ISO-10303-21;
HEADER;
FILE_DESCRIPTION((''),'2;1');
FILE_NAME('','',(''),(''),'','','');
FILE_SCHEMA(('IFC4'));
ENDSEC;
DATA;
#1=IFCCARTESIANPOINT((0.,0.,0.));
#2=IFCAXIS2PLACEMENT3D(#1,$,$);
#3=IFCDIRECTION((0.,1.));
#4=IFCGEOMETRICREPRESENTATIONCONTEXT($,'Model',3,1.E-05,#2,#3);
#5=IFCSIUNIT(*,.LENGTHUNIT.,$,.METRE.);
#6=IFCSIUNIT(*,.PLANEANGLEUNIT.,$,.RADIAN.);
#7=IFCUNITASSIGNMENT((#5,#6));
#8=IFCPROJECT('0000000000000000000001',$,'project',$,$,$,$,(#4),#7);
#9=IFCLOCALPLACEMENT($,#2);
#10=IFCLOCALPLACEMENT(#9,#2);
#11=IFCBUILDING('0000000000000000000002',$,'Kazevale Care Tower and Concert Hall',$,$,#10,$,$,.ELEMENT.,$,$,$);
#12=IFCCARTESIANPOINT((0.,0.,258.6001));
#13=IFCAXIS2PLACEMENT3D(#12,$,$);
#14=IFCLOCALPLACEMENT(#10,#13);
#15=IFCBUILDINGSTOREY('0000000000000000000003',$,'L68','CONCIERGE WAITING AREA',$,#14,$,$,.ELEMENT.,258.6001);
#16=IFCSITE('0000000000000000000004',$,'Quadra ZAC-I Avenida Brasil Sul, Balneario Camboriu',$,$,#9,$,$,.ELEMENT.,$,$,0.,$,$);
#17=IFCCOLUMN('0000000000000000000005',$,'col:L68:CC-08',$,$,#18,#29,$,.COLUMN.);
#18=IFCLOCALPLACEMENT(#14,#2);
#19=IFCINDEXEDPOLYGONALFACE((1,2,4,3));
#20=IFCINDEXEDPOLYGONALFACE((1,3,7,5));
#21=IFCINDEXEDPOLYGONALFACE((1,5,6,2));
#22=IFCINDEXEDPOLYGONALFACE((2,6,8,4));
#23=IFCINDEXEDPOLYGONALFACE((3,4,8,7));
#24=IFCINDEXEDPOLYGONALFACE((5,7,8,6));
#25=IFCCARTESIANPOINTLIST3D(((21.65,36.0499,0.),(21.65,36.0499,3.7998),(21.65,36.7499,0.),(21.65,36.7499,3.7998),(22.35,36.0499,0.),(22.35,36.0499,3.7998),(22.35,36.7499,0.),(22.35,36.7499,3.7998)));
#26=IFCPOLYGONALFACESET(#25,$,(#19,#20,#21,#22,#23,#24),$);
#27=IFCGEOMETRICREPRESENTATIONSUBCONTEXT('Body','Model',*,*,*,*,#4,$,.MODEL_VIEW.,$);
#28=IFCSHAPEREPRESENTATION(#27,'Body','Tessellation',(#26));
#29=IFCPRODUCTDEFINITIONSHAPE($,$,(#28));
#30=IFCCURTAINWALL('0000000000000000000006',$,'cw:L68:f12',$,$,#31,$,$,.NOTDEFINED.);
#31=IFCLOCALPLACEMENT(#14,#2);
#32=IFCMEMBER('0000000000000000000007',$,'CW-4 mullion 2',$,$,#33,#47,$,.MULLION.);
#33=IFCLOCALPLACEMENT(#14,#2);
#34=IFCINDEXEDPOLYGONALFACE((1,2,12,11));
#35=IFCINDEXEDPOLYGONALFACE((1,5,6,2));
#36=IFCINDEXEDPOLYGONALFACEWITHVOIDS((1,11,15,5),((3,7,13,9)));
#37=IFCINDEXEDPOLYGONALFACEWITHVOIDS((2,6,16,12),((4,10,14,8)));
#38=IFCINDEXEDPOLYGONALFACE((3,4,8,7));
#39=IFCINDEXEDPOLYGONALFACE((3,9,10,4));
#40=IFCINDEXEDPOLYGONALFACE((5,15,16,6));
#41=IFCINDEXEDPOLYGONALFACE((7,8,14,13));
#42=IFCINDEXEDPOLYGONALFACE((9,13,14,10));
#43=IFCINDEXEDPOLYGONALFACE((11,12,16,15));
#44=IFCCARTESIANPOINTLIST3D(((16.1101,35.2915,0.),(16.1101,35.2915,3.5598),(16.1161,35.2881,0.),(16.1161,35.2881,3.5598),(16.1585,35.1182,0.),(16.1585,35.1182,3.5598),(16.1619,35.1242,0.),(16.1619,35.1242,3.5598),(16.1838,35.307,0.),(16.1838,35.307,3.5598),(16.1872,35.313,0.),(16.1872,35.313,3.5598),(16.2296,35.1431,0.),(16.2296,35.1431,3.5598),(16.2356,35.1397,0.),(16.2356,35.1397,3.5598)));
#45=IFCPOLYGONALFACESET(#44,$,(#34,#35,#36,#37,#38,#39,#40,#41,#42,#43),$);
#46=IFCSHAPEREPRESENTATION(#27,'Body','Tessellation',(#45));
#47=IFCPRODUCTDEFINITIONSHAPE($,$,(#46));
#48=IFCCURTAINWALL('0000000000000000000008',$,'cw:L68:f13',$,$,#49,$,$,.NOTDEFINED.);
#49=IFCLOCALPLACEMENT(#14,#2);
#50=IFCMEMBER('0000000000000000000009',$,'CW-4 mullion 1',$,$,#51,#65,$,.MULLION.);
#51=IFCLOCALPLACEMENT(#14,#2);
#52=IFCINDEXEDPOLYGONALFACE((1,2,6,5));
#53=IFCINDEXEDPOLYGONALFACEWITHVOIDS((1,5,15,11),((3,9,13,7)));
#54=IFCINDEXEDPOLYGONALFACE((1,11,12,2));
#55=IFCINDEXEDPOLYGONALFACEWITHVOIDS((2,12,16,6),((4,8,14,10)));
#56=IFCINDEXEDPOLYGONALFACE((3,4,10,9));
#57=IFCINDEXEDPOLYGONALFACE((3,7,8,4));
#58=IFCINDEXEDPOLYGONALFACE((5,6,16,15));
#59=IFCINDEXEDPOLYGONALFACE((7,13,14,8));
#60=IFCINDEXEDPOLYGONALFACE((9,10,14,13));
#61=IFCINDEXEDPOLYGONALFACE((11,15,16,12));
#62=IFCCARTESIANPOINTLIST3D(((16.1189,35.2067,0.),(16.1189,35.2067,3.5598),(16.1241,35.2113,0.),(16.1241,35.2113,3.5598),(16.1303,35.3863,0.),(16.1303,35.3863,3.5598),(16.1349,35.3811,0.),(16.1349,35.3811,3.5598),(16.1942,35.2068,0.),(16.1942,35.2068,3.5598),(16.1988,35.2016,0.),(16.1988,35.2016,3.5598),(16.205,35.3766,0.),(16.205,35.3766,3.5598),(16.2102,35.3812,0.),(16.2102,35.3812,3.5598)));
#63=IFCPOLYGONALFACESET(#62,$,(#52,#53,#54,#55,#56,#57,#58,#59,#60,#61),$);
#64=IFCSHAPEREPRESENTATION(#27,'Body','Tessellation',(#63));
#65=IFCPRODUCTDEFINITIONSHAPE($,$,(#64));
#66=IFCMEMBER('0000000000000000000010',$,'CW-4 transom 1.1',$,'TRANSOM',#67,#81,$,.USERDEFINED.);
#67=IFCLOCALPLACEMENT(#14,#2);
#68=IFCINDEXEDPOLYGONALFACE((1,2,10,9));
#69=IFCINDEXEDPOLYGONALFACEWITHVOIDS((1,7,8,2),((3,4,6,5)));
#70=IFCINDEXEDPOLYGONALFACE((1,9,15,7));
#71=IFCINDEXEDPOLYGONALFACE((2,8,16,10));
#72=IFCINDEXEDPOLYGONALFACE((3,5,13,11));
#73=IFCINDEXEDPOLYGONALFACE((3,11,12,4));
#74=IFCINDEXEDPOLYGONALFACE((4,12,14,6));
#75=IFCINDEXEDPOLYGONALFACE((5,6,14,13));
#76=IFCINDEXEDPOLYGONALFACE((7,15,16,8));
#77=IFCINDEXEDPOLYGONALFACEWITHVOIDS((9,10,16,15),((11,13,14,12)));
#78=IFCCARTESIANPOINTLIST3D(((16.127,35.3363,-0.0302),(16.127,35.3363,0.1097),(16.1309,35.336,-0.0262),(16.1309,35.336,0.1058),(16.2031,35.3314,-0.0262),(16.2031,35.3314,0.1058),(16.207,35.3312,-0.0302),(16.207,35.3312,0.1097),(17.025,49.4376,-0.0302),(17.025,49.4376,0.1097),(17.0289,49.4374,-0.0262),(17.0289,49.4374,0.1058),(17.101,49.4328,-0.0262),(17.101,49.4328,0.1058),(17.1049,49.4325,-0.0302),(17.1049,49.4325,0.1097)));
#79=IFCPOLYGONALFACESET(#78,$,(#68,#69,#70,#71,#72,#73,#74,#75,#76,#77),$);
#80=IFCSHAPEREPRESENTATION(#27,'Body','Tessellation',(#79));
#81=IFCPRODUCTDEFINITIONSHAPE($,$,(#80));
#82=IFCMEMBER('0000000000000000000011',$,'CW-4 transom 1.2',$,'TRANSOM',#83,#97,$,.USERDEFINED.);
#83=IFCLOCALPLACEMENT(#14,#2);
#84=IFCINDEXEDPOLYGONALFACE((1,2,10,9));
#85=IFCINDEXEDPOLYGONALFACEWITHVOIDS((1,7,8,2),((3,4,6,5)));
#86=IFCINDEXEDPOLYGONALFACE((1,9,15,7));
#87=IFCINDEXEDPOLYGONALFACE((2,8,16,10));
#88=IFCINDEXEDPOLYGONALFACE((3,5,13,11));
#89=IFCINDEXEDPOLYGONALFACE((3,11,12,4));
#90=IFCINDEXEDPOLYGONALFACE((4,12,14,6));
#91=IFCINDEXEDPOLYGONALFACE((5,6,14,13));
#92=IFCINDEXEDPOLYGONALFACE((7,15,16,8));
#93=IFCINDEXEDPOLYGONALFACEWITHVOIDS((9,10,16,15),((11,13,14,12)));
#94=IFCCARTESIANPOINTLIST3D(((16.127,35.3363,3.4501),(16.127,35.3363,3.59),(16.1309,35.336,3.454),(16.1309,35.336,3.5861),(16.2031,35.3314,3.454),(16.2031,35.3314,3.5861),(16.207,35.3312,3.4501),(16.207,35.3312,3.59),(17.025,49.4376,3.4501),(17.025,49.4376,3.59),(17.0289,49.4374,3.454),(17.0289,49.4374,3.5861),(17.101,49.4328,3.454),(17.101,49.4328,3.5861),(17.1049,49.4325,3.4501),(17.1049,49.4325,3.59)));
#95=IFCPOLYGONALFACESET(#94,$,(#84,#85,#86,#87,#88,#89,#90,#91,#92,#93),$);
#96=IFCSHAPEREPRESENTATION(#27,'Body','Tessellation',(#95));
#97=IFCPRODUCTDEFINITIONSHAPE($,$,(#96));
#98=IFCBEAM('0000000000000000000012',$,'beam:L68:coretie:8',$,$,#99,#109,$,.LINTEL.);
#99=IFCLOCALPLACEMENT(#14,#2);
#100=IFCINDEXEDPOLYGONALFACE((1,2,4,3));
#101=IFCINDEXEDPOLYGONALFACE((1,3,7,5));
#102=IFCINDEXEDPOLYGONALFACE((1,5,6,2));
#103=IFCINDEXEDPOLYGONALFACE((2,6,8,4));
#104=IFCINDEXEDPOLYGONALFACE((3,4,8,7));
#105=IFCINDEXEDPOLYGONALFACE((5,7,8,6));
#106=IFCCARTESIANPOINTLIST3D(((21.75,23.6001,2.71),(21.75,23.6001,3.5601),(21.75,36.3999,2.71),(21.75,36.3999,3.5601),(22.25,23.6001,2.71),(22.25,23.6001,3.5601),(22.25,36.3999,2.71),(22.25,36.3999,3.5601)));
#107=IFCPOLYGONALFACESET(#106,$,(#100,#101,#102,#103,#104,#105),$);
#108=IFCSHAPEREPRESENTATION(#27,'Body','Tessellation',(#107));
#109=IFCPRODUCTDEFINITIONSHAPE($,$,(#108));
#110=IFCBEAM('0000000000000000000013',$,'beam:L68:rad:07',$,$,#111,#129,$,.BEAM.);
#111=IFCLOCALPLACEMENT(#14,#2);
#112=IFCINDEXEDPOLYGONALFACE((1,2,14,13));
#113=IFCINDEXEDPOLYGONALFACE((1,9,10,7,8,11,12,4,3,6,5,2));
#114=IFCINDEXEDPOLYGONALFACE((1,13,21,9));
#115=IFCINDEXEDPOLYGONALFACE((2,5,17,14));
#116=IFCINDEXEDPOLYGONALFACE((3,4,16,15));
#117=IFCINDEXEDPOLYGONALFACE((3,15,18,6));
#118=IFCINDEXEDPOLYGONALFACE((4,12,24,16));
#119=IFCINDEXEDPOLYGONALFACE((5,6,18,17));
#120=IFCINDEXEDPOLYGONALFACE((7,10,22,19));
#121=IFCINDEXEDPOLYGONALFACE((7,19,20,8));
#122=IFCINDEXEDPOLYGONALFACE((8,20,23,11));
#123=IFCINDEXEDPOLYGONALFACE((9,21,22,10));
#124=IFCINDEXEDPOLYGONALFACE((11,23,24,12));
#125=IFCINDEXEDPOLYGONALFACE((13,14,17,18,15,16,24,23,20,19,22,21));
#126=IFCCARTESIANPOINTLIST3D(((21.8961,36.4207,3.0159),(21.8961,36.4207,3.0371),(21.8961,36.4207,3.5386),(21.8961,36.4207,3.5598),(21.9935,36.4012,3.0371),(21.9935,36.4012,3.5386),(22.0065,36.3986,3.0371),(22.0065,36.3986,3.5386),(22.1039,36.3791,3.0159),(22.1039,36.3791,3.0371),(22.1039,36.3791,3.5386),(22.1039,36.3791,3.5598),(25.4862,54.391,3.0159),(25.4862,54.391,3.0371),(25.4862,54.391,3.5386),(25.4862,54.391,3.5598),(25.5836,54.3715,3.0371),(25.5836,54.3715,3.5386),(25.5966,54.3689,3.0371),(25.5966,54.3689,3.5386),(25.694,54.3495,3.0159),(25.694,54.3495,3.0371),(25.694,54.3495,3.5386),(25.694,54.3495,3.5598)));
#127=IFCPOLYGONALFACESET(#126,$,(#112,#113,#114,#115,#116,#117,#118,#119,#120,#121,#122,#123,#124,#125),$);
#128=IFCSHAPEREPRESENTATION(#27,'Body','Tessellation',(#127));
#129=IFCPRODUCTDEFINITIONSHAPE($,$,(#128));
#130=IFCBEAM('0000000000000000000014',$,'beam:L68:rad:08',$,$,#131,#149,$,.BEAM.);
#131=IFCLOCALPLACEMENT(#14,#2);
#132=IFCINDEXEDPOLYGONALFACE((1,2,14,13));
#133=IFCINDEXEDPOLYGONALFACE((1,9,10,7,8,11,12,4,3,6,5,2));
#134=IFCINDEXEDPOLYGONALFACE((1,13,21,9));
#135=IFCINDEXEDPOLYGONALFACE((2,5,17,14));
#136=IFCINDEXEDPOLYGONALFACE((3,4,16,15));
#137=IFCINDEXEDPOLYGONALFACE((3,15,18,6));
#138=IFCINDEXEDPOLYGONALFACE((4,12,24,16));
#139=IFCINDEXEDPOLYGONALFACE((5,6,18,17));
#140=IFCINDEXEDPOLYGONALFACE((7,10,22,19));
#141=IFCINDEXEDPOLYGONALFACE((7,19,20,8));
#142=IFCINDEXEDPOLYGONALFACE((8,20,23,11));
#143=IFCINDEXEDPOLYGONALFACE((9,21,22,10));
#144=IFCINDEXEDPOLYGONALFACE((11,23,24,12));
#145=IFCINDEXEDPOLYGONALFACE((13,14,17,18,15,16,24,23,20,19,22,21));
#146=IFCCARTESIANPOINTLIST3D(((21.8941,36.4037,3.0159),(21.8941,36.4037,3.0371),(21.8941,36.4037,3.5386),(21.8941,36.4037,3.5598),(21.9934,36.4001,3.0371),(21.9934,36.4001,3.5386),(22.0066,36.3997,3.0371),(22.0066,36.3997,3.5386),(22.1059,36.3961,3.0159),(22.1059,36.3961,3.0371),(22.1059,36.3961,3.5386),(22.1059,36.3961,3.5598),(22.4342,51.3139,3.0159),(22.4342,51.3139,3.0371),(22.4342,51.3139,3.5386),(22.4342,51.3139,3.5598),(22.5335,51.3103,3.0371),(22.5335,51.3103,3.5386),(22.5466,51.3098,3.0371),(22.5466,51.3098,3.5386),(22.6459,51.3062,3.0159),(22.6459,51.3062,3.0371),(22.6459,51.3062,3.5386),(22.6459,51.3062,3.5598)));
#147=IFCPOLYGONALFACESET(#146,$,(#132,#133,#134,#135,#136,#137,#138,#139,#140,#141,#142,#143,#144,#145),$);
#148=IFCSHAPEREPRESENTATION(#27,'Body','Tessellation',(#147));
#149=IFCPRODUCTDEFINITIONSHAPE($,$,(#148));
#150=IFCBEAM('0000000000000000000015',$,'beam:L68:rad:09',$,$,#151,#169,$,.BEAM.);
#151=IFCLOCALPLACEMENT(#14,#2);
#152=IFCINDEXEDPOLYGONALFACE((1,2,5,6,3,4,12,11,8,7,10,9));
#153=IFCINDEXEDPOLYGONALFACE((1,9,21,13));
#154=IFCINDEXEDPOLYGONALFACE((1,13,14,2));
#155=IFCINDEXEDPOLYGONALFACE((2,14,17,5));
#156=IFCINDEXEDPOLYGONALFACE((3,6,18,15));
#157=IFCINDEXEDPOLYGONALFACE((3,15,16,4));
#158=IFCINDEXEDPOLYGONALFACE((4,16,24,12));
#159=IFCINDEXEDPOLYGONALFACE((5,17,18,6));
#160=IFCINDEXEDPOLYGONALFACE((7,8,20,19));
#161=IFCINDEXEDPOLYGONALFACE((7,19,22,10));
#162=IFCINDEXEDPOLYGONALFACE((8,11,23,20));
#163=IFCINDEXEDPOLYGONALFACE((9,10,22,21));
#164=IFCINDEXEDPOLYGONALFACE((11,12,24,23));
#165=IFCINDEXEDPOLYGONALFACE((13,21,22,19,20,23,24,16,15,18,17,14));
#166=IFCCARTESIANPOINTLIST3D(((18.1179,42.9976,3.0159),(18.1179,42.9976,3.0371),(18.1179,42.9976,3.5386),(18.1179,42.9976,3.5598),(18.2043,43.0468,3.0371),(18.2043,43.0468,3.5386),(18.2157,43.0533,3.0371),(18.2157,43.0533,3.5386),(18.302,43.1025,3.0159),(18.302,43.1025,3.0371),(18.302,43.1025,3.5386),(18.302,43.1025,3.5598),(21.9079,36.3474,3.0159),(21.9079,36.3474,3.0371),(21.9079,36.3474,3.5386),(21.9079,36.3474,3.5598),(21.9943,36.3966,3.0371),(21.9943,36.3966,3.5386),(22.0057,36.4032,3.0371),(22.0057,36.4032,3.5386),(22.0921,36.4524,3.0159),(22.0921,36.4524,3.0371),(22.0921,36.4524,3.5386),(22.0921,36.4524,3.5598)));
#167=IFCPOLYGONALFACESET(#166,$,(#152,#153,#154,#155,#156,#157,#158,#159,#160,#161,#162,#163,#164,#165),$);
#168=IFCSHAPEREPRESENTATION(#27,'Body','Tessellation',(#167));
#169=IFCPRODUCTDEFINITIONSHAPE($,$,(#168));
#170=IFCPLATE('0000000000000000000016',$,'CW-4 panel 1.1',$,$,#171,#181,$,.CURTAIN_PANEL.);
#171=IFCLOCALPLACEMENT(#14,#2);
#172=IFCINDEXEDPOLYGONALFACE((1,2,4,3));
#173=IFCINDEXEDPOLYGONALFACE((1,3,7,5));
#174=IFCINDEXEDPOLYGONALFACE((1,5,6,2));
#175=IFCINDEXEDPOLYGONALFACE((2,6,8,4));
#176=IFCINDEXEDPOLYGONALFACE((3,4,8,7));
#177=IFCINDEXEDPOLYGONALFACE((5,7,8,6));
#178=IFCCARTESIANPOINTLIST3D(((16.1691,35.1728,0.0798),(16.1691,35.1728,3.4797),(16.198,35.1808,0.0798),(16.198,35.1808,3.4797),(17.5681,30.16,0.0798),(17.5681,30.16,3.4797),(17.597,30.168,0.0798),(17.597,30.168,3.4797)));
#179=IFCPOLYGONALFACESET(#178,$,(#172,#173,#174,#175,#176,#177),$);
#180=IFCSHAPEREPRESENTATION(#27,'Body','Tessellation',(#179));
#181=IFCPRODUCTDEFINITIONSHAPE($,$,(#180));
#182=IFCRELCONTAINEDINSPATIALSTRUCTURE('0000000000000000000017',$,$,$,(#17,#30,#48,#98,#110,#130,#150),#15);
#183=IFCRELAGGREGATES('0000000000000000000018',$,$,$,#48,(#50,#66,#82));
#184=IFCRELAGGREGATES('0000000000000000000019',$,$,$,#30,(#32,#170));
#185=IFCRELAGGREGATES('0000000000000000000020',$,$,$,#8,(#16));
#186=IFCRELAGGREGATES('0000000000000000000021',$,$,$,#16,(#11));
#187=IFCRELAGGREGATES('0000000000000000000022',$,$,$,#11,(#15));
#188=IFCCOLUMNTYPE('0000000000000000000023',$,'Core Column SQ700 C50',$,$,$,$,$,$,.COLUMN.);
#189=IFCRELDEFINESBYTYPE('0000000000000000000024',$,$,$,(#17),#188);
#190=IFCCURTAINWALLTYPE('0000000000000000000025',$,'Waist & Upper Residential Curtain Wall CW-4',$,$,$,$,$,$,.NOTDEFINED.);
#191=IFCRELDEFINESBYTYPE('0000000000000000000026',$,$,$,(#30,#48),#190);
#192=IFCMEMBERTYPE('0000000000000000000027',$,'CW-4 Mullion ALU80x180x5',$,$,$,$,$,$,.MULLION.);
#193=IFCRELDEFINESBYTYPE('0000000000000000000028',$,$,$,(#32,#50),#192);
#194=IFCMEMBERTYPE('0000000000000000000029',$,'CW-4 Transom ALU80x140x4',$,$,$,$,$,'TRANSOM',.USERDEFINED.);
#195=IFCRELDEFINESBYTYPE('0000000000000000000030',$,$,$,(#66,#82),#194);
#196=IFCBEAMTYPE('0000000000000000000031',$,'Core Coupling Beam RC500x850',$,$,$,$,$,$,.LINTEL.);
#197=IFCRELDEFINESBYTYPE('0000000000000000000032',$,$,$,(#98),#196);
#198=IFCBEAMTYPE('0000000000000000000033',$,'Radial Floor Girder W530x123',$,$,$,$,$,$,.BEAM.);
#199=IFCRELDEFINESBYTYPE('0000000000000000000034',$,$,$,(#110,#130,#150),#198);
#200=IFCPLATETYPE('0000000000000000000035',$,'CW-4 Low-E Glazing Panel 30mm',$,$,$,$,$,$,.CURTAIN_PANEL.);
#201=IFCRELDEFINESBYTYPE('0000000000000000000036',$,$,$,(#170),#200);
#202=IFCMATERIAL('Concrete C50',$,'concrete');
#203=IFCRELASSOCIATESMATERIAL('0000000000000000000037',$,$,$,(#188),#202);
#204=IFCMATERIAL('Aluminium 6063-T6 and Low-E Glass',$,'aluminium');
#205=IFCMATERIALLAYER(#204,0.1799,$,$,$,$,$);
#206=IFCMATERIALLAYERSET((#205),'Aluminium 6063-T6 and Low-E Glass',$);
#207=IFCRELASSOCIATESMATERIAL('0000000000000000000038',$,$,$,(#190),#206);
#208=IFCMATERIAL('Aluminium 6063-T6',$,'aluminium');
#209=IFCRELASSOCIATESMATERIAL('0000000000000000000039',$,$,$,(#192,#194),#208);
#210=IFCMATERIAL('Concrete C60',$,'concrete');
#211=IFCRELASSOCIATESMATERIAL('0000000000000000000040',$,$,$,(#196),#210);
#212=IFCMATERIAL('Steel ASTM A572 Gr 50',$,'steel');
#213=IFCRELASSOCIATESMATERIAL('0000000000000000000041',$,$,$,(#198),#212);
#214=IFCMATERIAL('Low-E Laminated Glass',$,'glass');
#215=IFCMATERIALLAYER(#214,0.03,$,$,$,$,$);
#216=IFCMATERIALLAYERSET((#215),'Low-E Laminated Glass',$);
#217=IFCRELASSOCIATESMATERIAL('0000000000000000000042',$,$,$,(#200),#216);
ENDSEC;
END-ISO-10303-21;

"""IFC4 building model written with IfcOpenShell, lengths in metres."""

from ifc_helpers import new_model, si_unit, direction, frame, origin, origin_2d, place, context, subcontext, project, spatial, rectangle, hollow_rectangle, i_section, extrude, material, layer, layer_set, material_profile, profile_set, type_object, element, aggregate, save


model = new_model("IFC4")

# Units and contexts
model_context = context("Model", 3, precision=1e-05, world=origin(), true_north=direction((0.0, 1.0)))
body_context = subcontext(model_context, "Body", "Model", "MODEL_VIEW")
ifc_project = project(units=[si_unit("LENGTHUNIT", "METRE"), si_unit("PLANEANGLEUNIT", "RADIAN")], contexts=[model_context])

# Site, building, storey
site_placement = place(None, origin())
site = spatial("IfcSite", under=ifc_project, at=site_placement, Name="Quadra ZAC-I Avenida Brasil Sul, Balneario Camboriu", CompositionType="ELEMENT", RefElevation=0.0)
building_placement = place(site_placement, origin())
building = spatial("IfcBuilding", under=site, at=building_placement, Name="Kazevale Care Tower and Concert Hall", CompositionType="ELEMENT")
storey_placement = place(building_placement, frame((0.0, 0.0, 258.6001)))
storey = spatial("IfcBuildingStorey", under=building, at=storey_placement, Name="L68", Description="CONCIERGE WAITING AREA", CompositionType="ELEMENT", Elevation=258.6001)

# Column
ifc_material_1 = material(Name="Concrete C50", Category="concrete")
ifc_material_profile_1 = material_profile(ifc_material_1, rectangle(XDim=0.7, YDim=0.7, at=origin_2d()), Name="RC-SQ700")
ifc_profile_set_1 = profile_set([ifc_material_profile_1], Name="Concrete C50")
column_type = type_object("IfcColumnType", Name="Core Column SQ700 C50", PredefinedType="COLUMN", material=ifc_profile_set_1)
column_placement = place(storey_placement, frame((22.0, 36.3999, 0.0), z_axis=(0.0, 0.0, 1.0), x_axis=(1.0, 0.0, 0.0)))
element("IfcColumn", 1, at=column_placement, inside=storey, type_object=column_type, Name="col:L68:CC-08", PredefinedType="COLUMN", context=body_context, shape_type="SweptSolid", body=[
    extrude(rectangle(XDim=0.7, YDim=0.7, at=origin_2d()), origin(), (0.0, 0.0, 1.0), 3.7998),
])

# Curtain wall, member
ifc_material_2 = material(Name="Aluminium 6063-T6 and Low-E Glass", Category="aluminium")
ifc_layer_1 = layer(ifc_material_2, 0.1799)
ifc_layer_set_1 = layer_set([ifc_layer_1], Name="Aluminium 6063-T6 and Low-E Glass")
curtain_wall_type = type_object("IfcCurtainWallType", Name="Waist & Upper Residential Curtain Wall CW-4", PredefinedType="NOTDEFINED", material=ifc_layer_set_1)
curtain_wall_1_placement = place(storey_placement, origin())
curtain_wall_1 = element("IfcCurtainWall", 2, at=curtain_wall_1_placement, inside=storey, type_object=curtain_wall_type, Name="cw:L68:f12", PredefinedType="NOTDEFINED")
ifc_material_3 = material(Name="Aluminium 6063-T6", Category="aluminium")
ifc_material_profile_2 = material_profile(ifc_material_3, hollow_rectangle(XDim=0.0801, YDim=0.1799, WallThickness=0.0049, at=origin_2d()), Name="ALU80x180x5")
ifc_profile_set_2 = profile_set([ifc_material_profile_2], Name="Aluminium 6063-T6")
member_type_1 = type_object("IfcMemberType", Name="CW-4 Mullion ALU80x180x5", PredefinedType="MULLION", material=ifc_profile_set_2)
member_1_placement = place(storey_placement, frame((16.1729, 35.2156, 0.0), z_axis=(0.0, 0.0, 1.0), x_axis=(-0.963194, -0.268807, 0.0)))
member_1 = element("IfcMember", 3, at=member_1_placement, type_object=member_type_1, Name="CW-4 mullion 2", PredefinedType="MULLION", context=body_context, shape_type="SweptSolid", body=[
    extrude(hollow_rectangle(XDim=0.0801, YDim=0.1799, WallThickness=0.0049, at=origin_2d()), origin(), (0.0, 0.0, 1.0), 3.5598),
])

# Curtain wall, members
curtain_wall_2_placement = place(storey_placement, origin())
curtain_wall_2 = element("IfcCurtainWall", 4, at=curtain_wall_2_placement, inside=storey, type_object=curtain_wall_type, Name="cw:L68:f13", PredefinedType="NOTDEFINED")
member_2_placement = place(storey_placement, frame((16.1646, 35.2939, 0.0), z_axis=(0.0, 0.0, 1.0), x_axis=(-0.997979, 0.063541, 0.0)))
member_2 = element("IfcMember", 5, at=member_2_placement, type_object=member_type_1, Name="CW-4 mullion 1", PredefinedType="MULLION", context=body_context, shape_type="SweptSolid", body=[
    extrude(hollow_rectangle(XDim=0.0801, YDim=0.1799, WallThickness=0.0049, at=origin_2d()), origin(), (0.0, 0.0, 1.0), 3.5598),
])
ifc_material_profile_3 = material_profile(ifc_material_3, hollow_rectangle(XDim=0.0801, YDim=0.1399, WallThickness=0.0039, at=origin_2d()), Name="ALU80x140x4")
ifc_profile_set_3 = profile_set([ifc_material_profile_3], Name="Aluminium 6063-T6")
member_type_2 = type_object("IfcMemberType", Name="CW-4 Transom ALU80x140x4", ElementType="TRANSOM", PredefinedType="USERDEFINED", material=ifc_profile_set_3)
member_3_placement = place(storey_placement, frame((16.167, 35.3337, 0.0398), z_axis=(0.06355, 0.997979, 0.0), x_axis=(-0.997979, 0.06355, 0.0)))
member_3 = element("IfcMember", 6, at=member_3_placement, type_object=member_type_2, Name="CW-4 transom 1.1", ObjectType="TRANSOM", PredefinedType="USERDEFINED", context=body_context, shape_type="SweptSolid", body=[
    extrude(hollow_rectangle(XDim=0.0801, YDim=0.1399, WallThickness=0.0039, at=origin_2d()), origin(), (0.0, 0.0, 1.0), 14.1299),
])
member_4_placement = place(storey_placement, frame((16.167, 35.3337, 3.52), z_axis=(0.06355, 0.997979, 0.0), x_axis=(-0.997979, 0.06355, 0.0)))
member_4 = element("IfcMember", 7, at=member_4_placement, type_object=member_type_2, Name="CW-4 transom 1.2", ObjectType="TRANSOM", PredefinedType="USERDEFINED", context=body_context, shape_type="SweptSolid", body=[
    extrude(hollow_rectangle(XDim=0.0801, YDim=0.1399, WallThickness=0.0039, at=origin_2d()), origin(), (0.0, 0.0, 1.0), 14.1299),
])
aggregate(curtain_wall_2, [member_2, member_3, member_4])

# Beams
ifc_material_4 = material(Name="Concrete C60", Category="concrete")
ifc_material_profile_4 = material_profile(ifc_material_4, rectangle(XDim=0.5, YDim=0.8501, at=origin_2d()), Name="RC-B500x850")
ifc_profile_set_4 = profile_set([ifc_material_profile_4], Name="Concrete C60")
beam_type_1 = type_object("IfcBeamType", Name="Core Coupling Beam RC500x850", PredefinedType="LINTEL", material=ifc_profile_set_4)
beam_1_placement = place(storey_placement, frame((22.0, 36.3999, 3.135), z_axis=(0.0, -1.0, 0.0), x_axis=(1.0, 0.0, 0.0)))
element("IfcBeam", 8, at=beam_1_placement, inside=storey, type_object=beam_type_1, Name="beam:L68:coretie:8", PredefinedType="LINTEL", context=body_context, shape_type="SweptSolid", body=[
    extrude(rectangle(XDim=0.5, YDim=0.8501, at=origin_2d()), origin(), (0.0, 0.0, 1.0), 12.7998),
])
ifc_material_5 = material(Name="Steel ASTM A572 Gr 50", Category="steel")
ifc_material_profile_5 = material_profile(ifc_material_5, i_section(OverallWidth=0.2119, OverallDepth=0.5439, WebThickness=0.0132, FlangeThickness=0.0212, at=origin_2d()), Name="W530x123")
ifc_profile_set_5 = profile_set([ifc_material_profile_5], Name="Steel ASTM A572 Gr 50")
beam_type_2 = type_object("IfcBeamType", Name="Radial Floor Girder W530x123", PredefinedType="BEAM", material=ifc_profile_set_5)
beam_2_placement = place(storey_placement, frame((22.0, 36.3999, 3.2878), z_axis=(0.195909, 0.980622, 0.0), x_axis=(-0.980622, 0.195909, 0.0)))
element("IfcBeam", 9, at=beam_2_placement, inside=storey, type_object=beam_type_2, Name="beam:L68:rad:07", PredefinedType="BEAM", context=body_context, shape_type="SweptSolid", body=[
    extrude(i_section(OverallWidth=0.2119, OverallDepth=0.5439, WebThickness=0.0132, FlangeThickness=0.0212, at=origin_2d()), origin(), (0.0, 0.0, 1.0), 18.3254),
])
beam_3_placement = place(storey_placement, frame((22.0, 36.3999, 3.2878), z_axis=(0.036196, 0.999345, 0.0), x_axis=(-0.999345, 0.036196, 0.0)))
element("IfcBeam", 10, at=beam_3_placement, inside=storey, type_object=beam_type_2, Name="beam:L68:rad:08", PredefinedType="BEAM", context=body_context, shape_type="SweptSolid", body=[
    extrude(i_section(OverallWidth=0.2119, OverallDepth=0.5439, WebThickness=0.0132, FlangeThickness=0.0212, at=origin_2d()), origin(), (0.0, 0.0, 1.0), 14.9199),
])
beam_4_placement = place(storey_placement, frame((22.0, 36.3999, 3.2878), z_axis=(-0.495149, 0.868808, 0.0), x_axis=(-0.868808, -0.495149, 0.0)))
element("IfcBeam", 11, at=beam_4_placement, inside=storey, type_object=beam_type_2, Name="beam:L68:rad:09", PredefinedType="BEAM", context=body_context, shape_type="SweptSolid", body=[
    extrude(i_section(OverallWidth=0.2119, OverallDepth=0.5439, WebThickness=0.0132, FlangeThickness=0.0212, at=origin_2d()), origin(), (0.0, 0.0, 1.0), 7.6543),
])

# Plate
ifc_material_6 = material(Name="Low-E Laminated Glass", Category="glass")
ifc_layer_2 = layer(ifc_material_6, 0.03)
ifc_layer_set_2 = layer_set([ifc_layer_2], Name="Low-E Laminated Glass")
plate_type = type_object("IfcPlateType", Name="CW-4 Low-E Glazing Panel 30mm", PredefinedType="CURTAIN_PANEL", material=ifc_layer_set_2)
plate_placement = place(storey_placement, frame((16.8831, 32.6704, 0.0798), z_axis=(0.0, 0.0, 1.0), x_axis=(-0.268807, 0.963194, 0.0)))
plate = element("IfcPlate", 12, at=plate_placement, type_object=plate_type, Name="CW-4 panel 1.1", PredefinedType="CURTAIN_PANEL", context=body_context, shape_type="SweptSolid", body=[
    extrude(rectangle(XDim=5.2043, YDim=0.03, at=origin_2d()), origin(), (0.0, 0.0, 1.0), 3.3999),
])
aggregate(curtain_wall_1, [member_1, plate])

save(model, "model.ifc")
